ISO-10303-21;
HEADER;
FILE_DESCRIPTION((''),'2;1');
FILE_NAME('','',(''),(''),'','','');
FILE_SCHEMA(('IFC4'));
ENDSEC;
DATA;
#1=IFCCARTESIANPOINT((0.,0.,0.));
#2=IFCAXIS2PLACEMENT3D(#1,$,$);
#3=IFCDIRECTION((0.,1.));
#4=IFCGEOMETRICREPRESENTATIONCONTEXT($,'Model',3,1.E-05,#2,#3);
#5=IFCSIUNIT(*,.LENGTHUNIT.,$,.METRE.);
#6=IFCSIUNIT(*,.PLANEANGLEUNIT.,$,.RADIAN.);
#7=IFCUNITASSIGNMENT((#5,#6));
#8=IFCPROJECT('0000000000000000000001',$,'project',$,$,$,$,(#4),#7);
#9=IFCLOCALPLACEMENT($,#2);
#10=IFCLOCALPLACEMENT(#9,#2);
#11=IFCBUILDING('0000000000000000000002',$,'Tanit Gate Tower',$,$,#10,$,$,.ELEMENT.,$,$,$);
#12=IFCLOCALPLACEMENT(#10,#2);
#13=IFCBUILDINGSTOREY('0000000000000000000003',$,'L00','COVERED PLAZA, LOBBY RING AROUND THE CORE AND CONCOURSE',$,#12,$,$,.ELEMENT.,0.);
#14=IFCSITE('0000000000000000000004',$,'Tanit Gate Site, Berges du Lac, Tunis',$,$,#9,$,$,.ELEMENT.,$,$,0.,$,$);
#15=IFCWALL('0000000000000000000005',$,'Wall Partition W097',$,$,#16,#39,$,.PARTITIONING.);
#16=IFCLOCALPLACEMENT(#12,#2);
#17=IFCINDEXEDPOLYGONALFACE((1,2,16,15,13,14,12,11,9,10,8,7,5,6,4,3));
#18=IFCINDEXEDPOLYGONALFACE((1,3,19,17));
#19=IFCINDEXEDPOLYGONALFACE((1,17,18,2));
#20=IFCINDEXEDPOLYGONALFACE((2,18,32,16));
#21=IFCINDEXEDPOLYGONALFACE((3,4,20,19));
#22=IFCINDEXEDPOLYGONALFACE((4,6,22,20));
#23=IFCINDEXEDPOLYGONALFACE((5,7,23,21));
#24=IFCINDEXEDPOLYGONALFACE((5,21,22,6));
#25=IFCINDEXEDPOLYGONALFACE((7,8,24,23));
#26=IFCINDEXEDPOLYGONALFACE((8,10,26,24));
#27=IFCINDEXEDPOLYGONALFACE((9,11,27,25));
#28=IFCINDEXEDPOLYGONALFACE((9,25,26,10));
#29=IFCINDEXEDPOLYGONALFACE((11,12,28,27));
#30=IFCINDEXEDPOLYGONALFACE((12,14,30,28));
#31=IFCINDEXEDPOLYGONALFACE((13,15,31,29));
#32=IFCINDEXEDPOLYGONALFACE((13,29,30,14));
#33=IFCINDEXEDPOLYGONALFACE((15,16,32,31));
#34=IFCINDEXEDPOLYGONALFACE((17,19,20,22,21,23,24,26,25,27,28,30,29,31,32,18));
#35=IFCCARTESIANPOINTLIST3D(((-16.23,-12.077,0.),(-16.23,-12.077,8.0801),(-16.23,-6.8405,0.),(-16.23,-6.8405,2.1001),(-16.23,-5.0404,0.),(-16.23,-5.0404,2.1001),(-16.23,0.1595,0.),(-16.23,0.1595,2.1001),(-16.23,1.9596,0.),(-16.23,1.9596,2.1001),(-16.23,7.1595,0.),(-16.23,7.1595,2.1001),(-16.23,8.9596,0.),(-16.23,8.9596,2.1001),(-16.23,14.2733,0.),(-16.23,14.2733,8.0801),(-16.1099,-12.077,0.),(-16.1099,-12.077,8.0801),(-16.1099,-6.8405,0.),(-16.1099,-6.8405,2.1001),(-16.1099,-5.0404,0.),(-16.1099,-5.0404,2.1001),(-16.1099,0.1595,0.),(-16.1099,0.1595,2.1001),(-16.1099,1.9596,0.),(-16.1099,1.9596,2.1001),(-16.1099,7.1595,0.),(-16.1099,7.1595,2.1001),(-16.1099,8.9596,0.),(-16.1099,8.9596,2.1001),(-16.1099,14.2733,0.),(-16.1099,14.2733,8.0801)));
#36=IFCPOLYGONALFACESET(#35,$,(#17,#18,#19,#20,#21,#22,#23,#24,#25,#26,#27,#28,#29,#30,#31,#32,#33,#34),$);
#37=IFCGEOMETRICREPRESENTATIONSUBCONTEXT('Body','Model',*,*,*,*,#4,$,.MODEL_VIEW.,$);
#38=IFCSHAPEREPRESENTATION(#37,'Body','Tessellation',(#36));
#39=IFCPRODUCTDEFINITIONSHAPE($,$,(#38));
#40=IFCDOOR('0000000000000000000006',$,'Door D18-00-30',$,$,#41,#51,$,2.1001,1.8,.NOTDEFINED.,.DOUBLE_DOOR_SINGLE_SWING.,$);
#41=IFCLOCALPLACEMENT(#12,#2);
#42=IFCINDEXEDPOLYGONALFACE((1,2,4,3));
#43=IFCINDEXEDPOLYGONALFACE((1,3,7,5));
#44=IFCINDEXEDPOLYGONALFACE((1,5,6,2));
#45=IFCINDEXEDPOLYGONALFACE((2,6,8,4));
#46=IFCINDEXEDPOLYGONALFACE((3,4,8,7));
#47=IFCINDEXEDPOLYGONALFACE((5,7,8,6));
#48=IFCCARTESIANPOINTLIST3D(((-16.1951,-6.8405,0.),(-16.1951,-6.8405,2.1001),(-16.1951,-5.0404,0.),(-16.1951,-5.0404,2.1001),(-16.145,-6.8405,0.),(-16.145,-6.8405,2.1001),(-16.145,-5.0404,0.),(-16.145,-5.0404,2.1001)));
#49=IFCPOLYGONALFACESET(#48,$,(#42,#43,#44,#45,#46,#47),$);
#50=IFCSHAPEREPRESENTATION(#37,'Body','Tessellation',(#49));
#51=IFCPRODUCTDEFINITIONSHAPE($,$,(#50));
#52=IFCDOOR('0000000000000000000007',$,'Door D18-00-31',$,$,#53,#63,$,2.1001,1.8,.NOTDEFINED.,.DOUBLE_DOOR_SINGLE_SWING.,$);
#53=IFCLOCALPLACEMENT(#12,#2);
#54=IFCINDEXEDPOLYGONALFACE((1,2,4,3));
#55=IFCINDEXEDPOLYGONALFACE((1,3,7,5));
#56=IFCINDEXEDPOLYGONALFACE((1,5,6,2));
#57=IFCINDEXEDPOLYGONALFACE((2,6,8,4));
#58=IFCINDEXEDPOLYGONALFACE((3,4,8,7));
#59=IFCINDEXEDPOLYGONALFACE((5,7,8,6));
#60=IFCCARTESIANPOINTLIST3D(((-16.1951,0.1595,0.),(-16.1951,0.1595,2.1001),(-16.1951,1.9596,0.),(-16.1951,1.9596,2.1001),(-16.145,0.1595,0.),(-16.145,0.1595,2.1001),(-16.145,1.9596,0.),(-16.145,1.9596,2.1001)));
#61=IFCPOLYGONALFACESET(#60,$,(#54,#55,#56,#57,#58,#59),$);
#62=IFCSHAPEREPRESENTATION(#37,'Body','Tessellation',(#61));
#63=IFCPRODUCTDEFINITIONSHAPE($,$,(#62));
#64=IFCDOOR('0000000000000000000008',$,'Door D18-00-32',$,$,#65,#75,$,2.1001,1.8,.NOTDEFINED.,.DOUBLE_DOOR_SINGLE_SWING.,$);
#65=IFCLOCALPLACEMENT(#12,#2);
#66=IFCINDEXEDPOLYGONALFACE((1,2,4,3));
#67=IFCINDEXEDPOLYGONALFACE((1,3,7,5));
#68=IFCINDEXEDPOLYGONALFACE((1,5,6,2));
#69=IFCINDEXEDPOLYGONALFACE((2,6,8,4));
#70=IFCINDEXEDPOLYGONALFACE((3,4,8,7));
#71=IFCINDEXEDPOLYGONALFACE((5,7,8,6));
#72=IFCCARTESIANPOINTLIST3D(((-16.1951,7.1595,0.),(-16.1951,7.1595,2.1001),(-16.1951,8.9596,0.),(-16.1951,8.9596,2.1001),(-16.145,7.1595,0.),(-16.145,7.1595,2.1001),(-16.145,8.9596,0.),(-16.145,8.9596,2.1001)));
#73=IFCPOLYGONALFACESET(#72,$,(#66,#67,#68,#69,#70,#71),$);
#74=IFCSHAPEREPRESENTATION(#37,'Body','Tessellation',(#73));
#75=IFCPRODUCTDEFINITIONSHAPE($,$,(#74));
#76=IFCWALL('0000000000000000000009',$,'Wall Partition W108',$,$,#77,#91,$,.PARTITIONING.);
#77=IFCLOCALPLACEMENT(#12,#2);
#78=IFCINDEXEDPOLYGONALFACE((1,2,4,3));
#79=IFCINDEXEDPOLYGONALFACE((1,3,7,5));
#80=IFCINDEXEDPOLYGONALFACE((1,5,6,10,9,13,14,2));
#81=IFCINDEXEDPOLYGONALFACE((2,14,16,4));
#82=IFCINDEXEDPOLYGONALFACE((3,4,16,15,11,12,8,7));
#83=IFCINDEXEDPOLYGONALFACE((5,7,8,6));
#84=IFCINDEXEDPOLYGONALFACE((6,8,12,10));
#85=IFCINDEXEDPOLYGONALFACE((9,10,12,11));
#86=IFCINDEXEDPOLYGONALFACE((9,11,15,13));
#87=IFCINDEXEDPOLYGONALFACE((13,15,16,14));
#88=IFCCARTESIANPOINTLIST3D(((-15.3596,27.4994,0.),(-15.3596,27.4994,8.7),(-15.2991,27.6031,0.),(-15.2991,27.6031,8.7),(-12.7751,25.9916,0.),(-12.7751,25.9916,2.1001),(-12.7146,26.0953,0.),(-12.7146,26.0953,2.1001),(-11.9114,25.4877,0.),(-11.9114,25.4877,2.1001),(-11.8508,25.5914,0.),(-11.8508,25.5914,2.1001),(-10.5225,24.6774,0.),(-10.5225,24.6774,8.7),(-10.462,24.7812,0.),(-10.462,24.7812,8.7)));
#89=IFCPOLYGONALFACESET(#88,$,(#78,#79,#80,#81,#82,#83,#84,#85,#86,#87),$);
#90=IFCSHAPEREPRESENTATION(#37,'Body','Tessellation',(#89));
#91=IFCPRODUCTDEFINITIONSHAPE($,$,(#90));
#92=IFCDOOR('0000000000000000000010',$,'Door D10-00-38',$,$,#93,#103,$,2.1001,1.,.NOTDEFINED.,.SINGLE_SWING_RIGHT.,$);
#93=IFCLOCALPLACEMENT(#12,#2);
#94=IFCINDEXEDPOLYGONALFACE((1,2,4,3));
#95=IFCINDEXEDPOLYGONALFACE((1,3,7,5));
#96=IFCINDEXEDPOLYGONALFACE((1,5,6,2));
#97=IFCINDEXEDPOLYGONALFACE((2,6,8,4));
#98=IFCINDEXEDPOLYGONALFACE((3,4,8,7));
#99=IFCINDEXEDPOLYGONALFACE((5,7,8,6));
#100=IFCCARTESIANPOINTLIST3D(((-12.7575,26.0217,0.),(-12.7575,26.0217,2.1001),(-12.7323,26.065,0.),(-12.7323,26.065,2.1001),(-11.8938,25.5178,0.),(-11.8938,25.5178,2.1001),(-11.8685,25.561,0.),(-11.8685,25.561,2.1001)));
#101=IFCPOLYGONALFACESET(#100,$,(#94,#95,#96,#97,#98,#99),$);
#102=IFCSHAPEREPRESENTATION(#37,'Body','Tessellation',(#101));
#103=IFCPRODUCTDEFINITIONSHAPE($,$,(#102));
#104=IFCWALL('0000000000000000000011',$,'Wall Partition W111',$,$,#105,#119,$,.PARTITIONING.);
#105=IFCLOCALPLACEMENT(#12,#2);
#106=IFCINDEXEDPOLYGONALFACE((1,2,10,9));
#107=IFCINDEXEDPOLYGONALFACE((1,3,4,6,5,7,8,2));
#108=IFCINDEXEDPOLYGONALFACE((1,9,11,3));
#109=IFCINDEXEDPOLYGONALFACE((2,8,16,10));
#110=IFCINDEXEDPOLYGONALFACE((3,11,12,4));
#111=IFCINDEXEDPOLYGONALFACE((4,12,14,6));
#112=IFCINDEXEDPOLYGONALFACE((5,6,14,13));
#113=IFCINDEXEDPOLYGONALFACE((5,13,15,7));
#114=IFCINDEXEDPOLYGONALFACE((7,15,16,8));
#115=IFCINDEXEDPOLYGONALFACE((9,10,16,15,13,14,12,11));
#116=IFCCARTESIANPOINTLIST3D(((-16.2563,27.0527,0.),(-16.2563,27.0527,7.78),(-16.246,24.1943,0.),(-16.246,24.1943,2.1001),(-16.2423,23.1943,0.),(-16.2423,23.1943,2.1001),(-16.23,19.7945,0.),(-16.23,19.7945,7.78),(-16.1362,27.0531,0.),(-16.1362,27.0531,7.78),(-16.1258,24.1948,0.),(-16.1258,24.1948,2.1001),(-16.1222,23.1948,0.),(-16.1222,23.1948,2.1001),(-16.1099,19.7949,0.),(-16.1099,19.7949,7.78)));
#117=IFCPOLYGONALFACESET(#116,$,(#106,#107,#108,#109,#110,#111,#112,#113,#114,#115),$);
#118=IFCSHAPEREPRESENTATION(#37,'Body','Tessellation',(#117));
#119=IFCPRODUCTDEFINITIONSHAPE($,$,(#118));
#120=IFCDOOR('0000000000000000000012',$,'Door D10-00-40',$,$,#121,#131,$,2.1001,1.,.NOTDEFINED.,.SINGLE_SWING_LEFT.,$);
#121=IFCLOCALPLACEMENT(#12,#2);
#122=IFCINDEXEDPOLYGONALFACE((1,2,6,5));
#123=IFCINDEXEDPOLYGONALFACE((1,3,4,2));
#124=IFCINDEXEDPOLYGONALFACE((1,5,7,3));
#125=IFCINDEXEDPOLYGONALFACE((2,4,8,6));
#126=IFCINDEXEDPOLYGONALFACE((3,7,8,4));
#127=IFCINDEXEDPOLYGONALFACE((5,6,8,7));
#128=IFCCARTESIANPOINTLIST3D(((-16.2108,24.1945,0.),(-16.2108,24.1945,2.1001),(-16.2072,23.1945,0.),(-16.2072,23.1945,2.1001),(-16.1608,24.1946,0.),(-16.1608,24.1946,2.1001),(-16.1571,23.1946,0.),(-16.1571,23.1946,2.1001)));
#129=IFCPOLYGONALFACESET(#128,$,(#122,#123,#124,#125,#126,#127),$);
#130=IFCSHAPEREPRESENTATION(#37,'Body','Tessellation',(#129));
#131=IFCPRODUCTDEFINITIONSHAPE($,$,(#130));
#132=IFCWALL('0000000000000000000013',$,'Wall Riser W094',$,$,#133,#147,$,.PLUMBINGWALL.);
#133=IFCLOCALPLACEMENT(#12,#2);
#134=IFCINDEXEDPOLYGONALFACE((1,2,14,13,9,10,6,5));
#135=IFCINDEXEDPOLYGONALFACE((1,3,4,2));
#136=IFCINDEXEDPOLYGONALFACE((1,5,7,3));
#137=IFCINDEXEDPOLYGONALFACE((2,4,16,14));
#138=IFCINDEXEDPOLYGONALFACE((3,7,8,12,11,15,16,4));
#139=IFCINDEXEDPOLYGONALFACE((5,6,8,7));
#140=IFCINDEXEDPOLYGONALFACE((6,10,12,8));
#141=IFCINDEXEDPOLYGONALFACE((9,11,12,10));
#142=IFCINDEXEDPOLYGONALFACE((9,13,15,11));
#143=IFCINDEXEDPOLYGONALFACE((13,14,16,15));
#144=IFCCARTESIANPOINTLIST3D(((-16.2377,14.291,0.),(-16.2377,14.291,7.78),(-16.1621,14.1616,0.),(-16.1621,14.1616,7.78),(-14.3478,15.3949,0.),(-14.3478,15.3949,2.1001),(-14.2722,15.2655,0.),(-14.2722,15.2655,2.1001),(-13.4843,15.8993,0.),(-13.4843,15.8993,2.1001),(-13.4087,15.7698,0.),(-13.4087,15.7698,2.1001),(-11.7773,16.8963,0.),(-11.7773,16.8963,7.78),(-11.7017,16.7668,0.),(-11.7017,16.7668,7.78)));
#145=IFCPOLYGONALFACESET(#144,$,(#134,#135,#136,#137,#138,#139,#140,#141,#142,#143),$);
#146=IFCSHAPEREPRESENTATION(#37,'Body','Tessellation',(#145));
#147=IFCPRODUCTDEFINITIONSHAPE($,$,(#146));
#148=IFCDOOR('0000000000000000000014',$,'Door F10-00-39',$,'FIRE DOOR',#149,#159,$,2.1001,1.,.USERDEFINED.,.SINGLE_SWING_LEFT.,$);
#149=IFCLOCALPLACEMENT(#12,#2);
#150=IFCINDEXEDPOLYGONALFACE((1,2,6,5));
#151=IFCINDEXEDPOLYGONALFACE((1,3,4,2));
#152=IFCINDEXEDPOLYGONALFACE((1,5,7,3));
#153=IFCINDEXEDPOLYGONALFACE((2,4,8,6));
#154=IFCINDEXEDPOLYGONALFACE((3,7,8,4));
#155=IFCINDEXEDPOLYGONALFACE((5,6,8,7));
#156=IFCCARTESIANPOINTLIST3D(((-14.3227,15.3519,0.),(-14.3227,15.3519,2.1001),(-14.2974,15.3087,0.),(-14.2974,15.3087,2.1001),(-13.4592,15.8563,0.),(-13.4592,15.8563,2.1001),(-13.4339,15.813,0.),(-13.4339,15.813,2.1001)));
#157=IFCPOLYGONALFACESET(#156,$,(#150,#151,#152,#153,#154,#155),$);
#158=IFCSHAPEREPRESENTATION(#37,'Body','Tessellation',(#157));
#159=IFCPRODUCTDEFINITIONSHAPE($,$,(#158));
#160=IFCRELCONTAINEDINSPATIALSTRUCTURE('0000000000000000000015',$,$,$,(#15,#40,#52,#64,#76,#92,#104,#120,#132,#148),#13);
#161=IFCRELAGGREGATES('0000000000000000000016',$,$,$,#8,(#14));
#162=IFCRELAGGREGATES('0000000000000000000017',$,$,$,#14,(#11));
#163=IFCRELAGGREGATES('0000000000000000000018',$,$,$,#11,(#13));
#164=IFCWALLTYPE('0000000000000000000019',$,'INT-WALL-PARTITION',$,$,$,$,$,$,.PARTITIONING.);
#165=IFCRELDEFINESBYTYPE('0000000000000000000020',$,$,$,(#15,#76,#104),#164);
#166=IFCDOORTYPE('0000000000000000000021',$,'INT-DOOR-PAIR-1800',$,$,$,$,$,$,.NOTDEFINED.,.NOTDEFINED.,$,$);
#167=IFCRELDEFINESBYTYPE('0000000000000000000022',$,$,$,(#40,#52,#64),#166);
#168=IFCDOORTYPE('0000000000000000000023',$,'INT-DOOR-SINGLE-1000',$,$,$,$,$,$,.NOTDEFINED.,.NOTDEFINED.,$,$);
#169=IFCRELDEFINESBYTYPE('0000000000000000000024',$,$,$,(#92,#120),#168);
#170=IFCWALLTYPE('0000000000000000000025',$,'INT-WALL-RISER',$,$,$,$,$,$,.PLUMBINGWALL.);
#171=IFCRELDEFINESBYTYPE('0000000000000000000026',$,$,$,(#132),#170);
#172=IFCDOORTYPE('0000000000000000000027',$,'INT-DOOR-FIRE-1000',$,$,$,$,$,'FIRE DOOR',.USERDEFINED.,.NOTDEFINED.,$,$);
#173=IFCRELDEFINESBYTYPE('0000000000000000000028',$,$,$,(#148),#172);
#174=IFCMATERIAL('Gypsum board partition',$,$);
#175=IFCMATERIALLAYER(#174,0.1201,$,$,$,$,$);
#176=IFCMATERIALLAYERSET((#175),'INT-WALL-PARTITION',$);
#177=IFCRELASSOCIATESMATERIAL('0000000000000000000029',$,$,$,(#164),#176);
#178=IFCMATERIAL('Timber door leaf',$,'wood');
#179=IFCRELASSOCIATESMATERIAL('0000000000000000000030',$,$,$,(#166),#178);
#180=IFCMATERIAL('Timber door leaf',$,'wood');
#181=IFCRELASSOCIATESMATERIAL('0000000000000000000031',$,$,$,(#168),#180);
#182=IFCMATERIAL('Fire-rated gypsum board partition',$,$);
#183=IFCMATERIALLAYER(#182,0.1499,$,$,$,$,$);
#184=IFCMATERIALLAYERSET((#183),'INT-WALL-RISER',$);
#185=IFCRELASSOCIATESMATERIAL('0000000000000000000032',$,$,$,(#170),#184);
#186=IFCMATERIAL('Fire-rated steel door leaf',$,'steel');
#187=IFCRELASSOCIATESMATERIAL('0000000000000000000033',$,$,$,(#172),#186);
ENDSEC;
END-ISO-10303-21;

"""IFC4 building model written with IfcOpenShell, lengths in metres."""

from ifc_helpers import new_model, si_unit, direction, frame, frame_2d, origin, place, context, subcontext, project, spatial, rectangle, extrude, material, layer, layer_set, type_object, element, fill, save


model = new_model("IFC4")

# Units and contexts
model_context = context("Model", 3, precision=1e-05, world=origin(), true_north=direction((0.0, 1.0)))
body_context = subcontext(model_context, "Body", "Model", "MODEL_VIEW")
ifc_project = project(units=[si_unit("LENGTHUNIT", "METRE"), si_unit("PLANEANGLEUNIT", "RADIAN")], contexts=[model_context])

# Site, building, storey
site_placement = place(None, origin())
site = spatial("IfcSite", under=ifc_project, at=site_placement, Name="Tanit Gate Site, Berges du Lac, Tunis", CompositionType="ELEMENT", RefElevation=0.0)
building_placement = place(site_placement, origin())
building = spatial("IfcBuilding", under=site, at=building_placement, Name="Tanit Gate Tower", CompositionType="ELEMENT")
storey_placement = place(building_placement, origin())
storey = spatial("IfcBuildingStorey", under=building, at=storey_placement, Name="L00", Description="COVERED PLAZA, LOBBY RING AROUND THE CORE AND CONCOURSE", CompositionType="ELEMENT", Elevation=0.0)

# Wall, openings, doors
ifc_material_1 = material(Name="Gypsum board partition")
ifc_layer_1 = layer(ifc_material_1, 0.1201)
ifc_layer_set_1 = layer_set([ifc_layer_1], Name="INT-WALL-PARTITION")
wall_type_1 = type_object("IfcWallType", Name="INT-WALL-PARTITION", PredefinedType="PARTITIONING", material=ifc_layer_set_1)
wall_1_placement = place(storey_placement, frame((-16.1699, 14.2734, 0.0), z_axis=(0.0, 0.0, 1.0), x_axis=(0.0, -1.0, 0.0)))
wall_1 = element("IfcWall", 1, at=wall_1_placement, inside=storey, type_object=wall_type_1, Name="Wall Partition W097", PredefinedType="PARTITIONING", context=body_context, shape_type="SweptSolid", body=[
    extrude(rectangle(XDim=26.3503, YDim=0.1201, at=frame_2d((13.1753, 0.0))), origin(), (0.0, 0.0, 1.0), 8.0801),
])
opening_1_placement = place(wall_1_placement, frame((19.314, 0.0, 0.0)))
opening_1 = element("IfcOpeningElement", 2, at=opening_1_placement, cuts=wall_1, PredefinedType="OPENING", context=body_context, shape_type="SweptSolid", body=[
    extrude(rectangle(XDim=1.8, YDim=2.1001, at=frame_2d((0.8999, 1.05))), frame((0.0, 0.0701, 0.0), z_axis=(0.0, -1.0, 0.0), x_axis=(1.0, 0.0, 0.0)), (0.0, 0.0, 1.0), 0.1401),
])
opening_2_placement = place(wall_1_placement, frame((12.314, 0.0, 0.0)))
opening_2 = element("IfcOpeningElement", 3, at=opening_2_placement, cuts=wall_1, PredefinedType="OPENING", context=body_context, shape_type="SweptSolid", body=[
    extrude(rectangle(XDim=1.8, YDim=2.1001, at=frame_2d((0.8999, 1.05))), frame((0.0, 0.0701, 0.0), z_axis=(0.0, -1.0, 0.0), x_axis=(1.0, 0.0, 0.0)), (0.0, 0.0, 1.0), 0.1401),
])
opening_3_placement = place(wall_1_placement, frame((5.314, 0.0, 0.0)))
opening_3 = element("IfcOpeningElement", 4, at=opening_3_placement, cuts=wall_1, PredefinedType="OPENING", context=body_context, shape_type="SweptSolid", body=[
    extrude(rectangle(XDim=1.8, YDim=2.1001, at=frame_2d((0.8999, 1.05))), frame((0.0, 0.0701, 0.0), z_axis=(0.0, -1.0, 0.0), x_axis=(1.0, 0.0, 0.0)), (0.0, 0.0, 1.0), 0.1401),
])
ifc_material_2 = material(Name="Timber door leaf", Category="wood")
door_type_1 = type_object("IfcDoorType", Name="INT-DOOR-PAIR-1800", OperationType="NOTDEFINED", PredefinedType="NOTDEFINED", material=ifc_material_2)
door_1_placement = place(opening_1_placement, origin())
door_1 = element("IfcDoor", 5, at=door_1_placement, inside=storey, type_object=door_type_1, Name="Door D18-00-30", OperationType="DOUBLE_DOOR_SINGLE_SWING", OverallHeight=2.1001, OverallWidth=1.8, PredefinedType="NOTDEFINED", context=body_context, shape_type="SweptSolid", body=[
    extrude(rectangle(XDim=1.8, YDim=2.1001, at=frame_2d((0.8999, 1.05))), frame((0.0, 0.0249, 0.0), z_axis=(0.0, -1.0, 0.0), x_axis=(1.0, 0.0, 0.0)), (0.0, 0.0, 1.0), 0.05),
])
fill(opening_1, door_1)
door_2_placement = place(opening_2_placement, origin())
door_2 = element("IfcDoor", 6, at=door_2_placement, inside=storey, type_object=door_type_1, Name="Door D18-00-31", OperationType="DOUBLE_DOOR_SINGLE_SWING", OverallHeight=2.1001, OverallWidth=1.8, PredefinedType="NOTDEFINED", context=body_context, shape_type="SweptSolid", body=[
    extrude(rectangle(XDim=1.8, YDim=2.1001, at=frame_2d((0.8999, 1.05))), frame((0.0, 0.0249, 0.0), z_axis=(0.0, -1.0, 0.0), x_axis=(1.0, 0.0, 0.0)), (0.0, 0.0, 1.0), 0.05),
])
fill(opening_2, door_2)
door_3_placement = place(opening_3_placement, origin())
door_3 = element("IfcDoor", 7, at=door_3_placement, inside=storey, type_object=door_type_1, Name="Door D18-00-32", OperationType="DOUBLE_DOOR_SINGLE_SWING", OverallHeight=2.1001, OverallWidth=1.8, PredefinedType="NOTDEFINED", context=body_context, shape_type="SweptSolid", body=[
    extrude(rectangle(XDim=1.8, YDim=2.1001, at=frame_2d((0.8999, 1.05))), frame((0.0, 0.0249, 0.0), z_axis=(0.0, -1.0, 0.0), x_axis=(1.0, 0.0, 0.0)), (0.0, 0.0, 1.0), 0.05),
])
fill(opening_3, door_3)

# Walls, openings, doors
wall_2_placement = place(storey_placement, frame((-15.3293, 27.5513, 0.0), z_axis=(0.0, 0.0, 1.0), x_axis=(0.863752, -0.503917, 0.0)))
wall_2 = element("IfcWall", 8, at=wall_2_placement, inside=storey, type_object=wall_type_1, Name="Wall Partition W108", PredefinedType="PARTITIONING", context=body_context, shape_type="SweptSolid", body=[
    extrude(rectangle(XDim=5.6001, YDim=0.1201, at=frame_2d((2.8, 0.0))), origin(), (0.0, 0.0, 1.0), 8.7),
])
opening_4_placement = place(wall_2_placement, frame((2.9922, 0.0, 0.0)))
opening_4 = element("IfcOpeningElement", 9, at=opening_4_placement, cuts=wall_2, PredefinedType="OPENING", context=body_context, shape_type="SweptSolid", body=[
    extrude(rectangle(XDim=1.0, YDim=2.1001, at=frame_2d((0.5, 1.05))), frame((0.0, 0.0701, 0.0), z_axis=(0.0, -1.0, 0.0), x_axis=(1.0, 0.0, 0.0)), (0.0, 0.0, 1.0), 0.1401),
])
ifc_material_3 = material(Name="Timber door leaf", Category="wood")
door_type_2 = type_object("IfcDoorType", Name="INT-DOOR-SINGLE-1000", OperationType="NOTDEFINED", PredefinedType="NOTDEFINED", material=ifc_material_3)
door_4_placement = place(opening_4_placement, origin())
door_4 = element("IfcDoor", 10, at=door_4_placement, inside=storey, type_object=door_type_2, Name="Door D10-00-38", OperationType="SINGLE_SWING_RIGHT", OverallHeight=2.1001, OverallWidth=1.0, PredefinedType="NOTDEFINED", context=body_context, shape_type="SweptSolid", body=[
    extrude(rectangle(XDim=1.0, YDim=2.1001, at=frame_2d((0.5, 1.05))), frame((0.0, 0.0249, 0.0), z_axis=(0.0, -1.0, 0.0), x_axis=(1.0, 0.0, 0.0)), (0.0, 0.0, 1.0), 0.05),
])
fill(opening_4, door_4)
wall_3_placement = place(storey_placement, frame((-16.1699, 19.7947, 0.0), z_axis=(0.0, 0.0, 1.0), x_axis=(-0.003633, 0.999993, 0.0)))
wall_3 = element("IfcWall", 11, at=wall_3_placement, inside=storey, type_object=wall_type_1, Name="Wall Partition W111", PredefinedType="PARTITIONING", context=body_context, shape_type="SweptSolid", body=[
    extrude(rectangle(XDim=7.2583, YDim=0.1201, at=frame_2d((3.6292, 0.0))), origin(), (0.0, 0.0, 1.0), 7.78),
])
opening_5_placement = place(wall_3_placement, frame((3.3999, 0.0, 0.0)))
opening_5 = element("IfcOpeningElement", 12, at=opening_5_placement, cuts=wall_3, PredefinedType="OPENING", context=body_context, shape_type="SweptSolid", body=[
    extrude(rectangle(XDim=1.0, YDim=2.1001, at=frame_2d((0.5, 1.05))), frame((0.0, 0.0701, 0.0), z_axis=(0.0, -1.0, 0.0), x_axis=(1.0, 0.0, 0.0)), (0.0, 0.0, 1.0), 0.1401),
])
door_5_placement = place(opening_5_placement, origin())
door_5 = element("IfcDoor", 13, at=door_5_placement, inside=storey, type_object=door_type_2, Name="Door D10-00-40", OperationType="SINGLE_SWING_LEFT", OverallHeight=2.1001, OverallWidth=1.0, PredefinedType="NOTDEFINED", context=body_context, shape_type="SweptSolid", body=[
    extrude(rectangle(XDim=1.0, YDim=2.1001, at=frame_2d((0.5, 1.05))), frame((0.0, 0.0249, 0.0), z_axis=(0.0, -1.0, 0.0), x_axis=(1.0, 0.0, 0.0)), (0.0, 0.0, 1.0), 0.05),
])
fill(opening_5, door_5)
ifc_material_4 = material(Name="Fire-rated gypsum board partition")
ifc_layer_2 = layer(ifc_material_4, 0.1499)
ifc_layer_set_2 = layer_set([ifc_layer_2], Name="INT-WALL-RISER")
wall_type_2 = type_object("IfcWallType", Name="INT-WALL-RISER", PredefinedType="PLUMBINGWALL", material=ifc_layer_set_2)
wall_4_placement = place(storey_placement, frame((-11.7395, 16.8315, 0.0), z_axis=(0.0, 0.0, 1.0), x_axis=(-0.863501, -0.504347, 0.0)))
wall_4 = element("IfcWall", 14, at=wall_4_placement, inside=storey, type_object=wall_type_2, Name="Wall Riser W094", PredefinedType="PLUMBINGWALL", context=body_context, shape_type="SweptSolid", body=[
    extrude(rectangle(XDim=5.1655, YDim=0.1499, at=frame_2d((2.5828, 0.0))), origin(), (0.0, 0.0, 1.0), 7.78),
])
opening_6_placement = place(wall_4_placement, frame((1.9768, 0.0, 0.0)))
opening_6 = element("IfcOpeningElement", 15, at=opening_6_placement, cuts=wall_4, PredefinedType="OPENING", context=body_context, shape_type="SweptSolid", body=[
    extrude(rectangle(XDim=1.0, YDim=2.1001, at=frame_2d((0.5, 1.05))), frame((0.0, 0.085, 0.0), z_axis=(0.0, -1.0, 0.0), x_axis=(1.0, 0.0, 0.0)), (0.0, 0.0, 1.0), 0.1699),
])
ifc_material_5 = material(Name="Fire-rated steel door leaf", Category="steel")
door_type_3 = type_object("IfcDoorType", Name="INT-DOOR-FIRE-1000", ElementType="FIRE DOOR", OperationType="NOTDEFINED", PredefinedType="USERDEFINED", material=ifc_material_5)
door_6_placement = place(opening_6_placement, origin())
door_6 = element("IfcDoor", 16, at=door_6_placement, inside=storey, type_object=door_type_3, Name="Door F10-00-39", ObjectType="FIRE DOOR", OperationType="SINGLE_SWING_LEFT", OverallHeight=2.1001, OverallWidth=1.0, PredefinedType="USERDEFINED", context=body_context, shape_type="SweptSolid", body=[
    extrude(rectangle(XDim=1.0, YDim=2.1001, at=frame_2d((0.5, 1.05))), frame((0.0, 0.0249, 0.0), z_axis=(0.0, -1.0, 0.0), x_axis=(1.0, 0.0, 0.0)), (0.0, 0.0, 1.0), 0.05),
])
fill(opening_6, door_6)

save(model, "model.ifc")
